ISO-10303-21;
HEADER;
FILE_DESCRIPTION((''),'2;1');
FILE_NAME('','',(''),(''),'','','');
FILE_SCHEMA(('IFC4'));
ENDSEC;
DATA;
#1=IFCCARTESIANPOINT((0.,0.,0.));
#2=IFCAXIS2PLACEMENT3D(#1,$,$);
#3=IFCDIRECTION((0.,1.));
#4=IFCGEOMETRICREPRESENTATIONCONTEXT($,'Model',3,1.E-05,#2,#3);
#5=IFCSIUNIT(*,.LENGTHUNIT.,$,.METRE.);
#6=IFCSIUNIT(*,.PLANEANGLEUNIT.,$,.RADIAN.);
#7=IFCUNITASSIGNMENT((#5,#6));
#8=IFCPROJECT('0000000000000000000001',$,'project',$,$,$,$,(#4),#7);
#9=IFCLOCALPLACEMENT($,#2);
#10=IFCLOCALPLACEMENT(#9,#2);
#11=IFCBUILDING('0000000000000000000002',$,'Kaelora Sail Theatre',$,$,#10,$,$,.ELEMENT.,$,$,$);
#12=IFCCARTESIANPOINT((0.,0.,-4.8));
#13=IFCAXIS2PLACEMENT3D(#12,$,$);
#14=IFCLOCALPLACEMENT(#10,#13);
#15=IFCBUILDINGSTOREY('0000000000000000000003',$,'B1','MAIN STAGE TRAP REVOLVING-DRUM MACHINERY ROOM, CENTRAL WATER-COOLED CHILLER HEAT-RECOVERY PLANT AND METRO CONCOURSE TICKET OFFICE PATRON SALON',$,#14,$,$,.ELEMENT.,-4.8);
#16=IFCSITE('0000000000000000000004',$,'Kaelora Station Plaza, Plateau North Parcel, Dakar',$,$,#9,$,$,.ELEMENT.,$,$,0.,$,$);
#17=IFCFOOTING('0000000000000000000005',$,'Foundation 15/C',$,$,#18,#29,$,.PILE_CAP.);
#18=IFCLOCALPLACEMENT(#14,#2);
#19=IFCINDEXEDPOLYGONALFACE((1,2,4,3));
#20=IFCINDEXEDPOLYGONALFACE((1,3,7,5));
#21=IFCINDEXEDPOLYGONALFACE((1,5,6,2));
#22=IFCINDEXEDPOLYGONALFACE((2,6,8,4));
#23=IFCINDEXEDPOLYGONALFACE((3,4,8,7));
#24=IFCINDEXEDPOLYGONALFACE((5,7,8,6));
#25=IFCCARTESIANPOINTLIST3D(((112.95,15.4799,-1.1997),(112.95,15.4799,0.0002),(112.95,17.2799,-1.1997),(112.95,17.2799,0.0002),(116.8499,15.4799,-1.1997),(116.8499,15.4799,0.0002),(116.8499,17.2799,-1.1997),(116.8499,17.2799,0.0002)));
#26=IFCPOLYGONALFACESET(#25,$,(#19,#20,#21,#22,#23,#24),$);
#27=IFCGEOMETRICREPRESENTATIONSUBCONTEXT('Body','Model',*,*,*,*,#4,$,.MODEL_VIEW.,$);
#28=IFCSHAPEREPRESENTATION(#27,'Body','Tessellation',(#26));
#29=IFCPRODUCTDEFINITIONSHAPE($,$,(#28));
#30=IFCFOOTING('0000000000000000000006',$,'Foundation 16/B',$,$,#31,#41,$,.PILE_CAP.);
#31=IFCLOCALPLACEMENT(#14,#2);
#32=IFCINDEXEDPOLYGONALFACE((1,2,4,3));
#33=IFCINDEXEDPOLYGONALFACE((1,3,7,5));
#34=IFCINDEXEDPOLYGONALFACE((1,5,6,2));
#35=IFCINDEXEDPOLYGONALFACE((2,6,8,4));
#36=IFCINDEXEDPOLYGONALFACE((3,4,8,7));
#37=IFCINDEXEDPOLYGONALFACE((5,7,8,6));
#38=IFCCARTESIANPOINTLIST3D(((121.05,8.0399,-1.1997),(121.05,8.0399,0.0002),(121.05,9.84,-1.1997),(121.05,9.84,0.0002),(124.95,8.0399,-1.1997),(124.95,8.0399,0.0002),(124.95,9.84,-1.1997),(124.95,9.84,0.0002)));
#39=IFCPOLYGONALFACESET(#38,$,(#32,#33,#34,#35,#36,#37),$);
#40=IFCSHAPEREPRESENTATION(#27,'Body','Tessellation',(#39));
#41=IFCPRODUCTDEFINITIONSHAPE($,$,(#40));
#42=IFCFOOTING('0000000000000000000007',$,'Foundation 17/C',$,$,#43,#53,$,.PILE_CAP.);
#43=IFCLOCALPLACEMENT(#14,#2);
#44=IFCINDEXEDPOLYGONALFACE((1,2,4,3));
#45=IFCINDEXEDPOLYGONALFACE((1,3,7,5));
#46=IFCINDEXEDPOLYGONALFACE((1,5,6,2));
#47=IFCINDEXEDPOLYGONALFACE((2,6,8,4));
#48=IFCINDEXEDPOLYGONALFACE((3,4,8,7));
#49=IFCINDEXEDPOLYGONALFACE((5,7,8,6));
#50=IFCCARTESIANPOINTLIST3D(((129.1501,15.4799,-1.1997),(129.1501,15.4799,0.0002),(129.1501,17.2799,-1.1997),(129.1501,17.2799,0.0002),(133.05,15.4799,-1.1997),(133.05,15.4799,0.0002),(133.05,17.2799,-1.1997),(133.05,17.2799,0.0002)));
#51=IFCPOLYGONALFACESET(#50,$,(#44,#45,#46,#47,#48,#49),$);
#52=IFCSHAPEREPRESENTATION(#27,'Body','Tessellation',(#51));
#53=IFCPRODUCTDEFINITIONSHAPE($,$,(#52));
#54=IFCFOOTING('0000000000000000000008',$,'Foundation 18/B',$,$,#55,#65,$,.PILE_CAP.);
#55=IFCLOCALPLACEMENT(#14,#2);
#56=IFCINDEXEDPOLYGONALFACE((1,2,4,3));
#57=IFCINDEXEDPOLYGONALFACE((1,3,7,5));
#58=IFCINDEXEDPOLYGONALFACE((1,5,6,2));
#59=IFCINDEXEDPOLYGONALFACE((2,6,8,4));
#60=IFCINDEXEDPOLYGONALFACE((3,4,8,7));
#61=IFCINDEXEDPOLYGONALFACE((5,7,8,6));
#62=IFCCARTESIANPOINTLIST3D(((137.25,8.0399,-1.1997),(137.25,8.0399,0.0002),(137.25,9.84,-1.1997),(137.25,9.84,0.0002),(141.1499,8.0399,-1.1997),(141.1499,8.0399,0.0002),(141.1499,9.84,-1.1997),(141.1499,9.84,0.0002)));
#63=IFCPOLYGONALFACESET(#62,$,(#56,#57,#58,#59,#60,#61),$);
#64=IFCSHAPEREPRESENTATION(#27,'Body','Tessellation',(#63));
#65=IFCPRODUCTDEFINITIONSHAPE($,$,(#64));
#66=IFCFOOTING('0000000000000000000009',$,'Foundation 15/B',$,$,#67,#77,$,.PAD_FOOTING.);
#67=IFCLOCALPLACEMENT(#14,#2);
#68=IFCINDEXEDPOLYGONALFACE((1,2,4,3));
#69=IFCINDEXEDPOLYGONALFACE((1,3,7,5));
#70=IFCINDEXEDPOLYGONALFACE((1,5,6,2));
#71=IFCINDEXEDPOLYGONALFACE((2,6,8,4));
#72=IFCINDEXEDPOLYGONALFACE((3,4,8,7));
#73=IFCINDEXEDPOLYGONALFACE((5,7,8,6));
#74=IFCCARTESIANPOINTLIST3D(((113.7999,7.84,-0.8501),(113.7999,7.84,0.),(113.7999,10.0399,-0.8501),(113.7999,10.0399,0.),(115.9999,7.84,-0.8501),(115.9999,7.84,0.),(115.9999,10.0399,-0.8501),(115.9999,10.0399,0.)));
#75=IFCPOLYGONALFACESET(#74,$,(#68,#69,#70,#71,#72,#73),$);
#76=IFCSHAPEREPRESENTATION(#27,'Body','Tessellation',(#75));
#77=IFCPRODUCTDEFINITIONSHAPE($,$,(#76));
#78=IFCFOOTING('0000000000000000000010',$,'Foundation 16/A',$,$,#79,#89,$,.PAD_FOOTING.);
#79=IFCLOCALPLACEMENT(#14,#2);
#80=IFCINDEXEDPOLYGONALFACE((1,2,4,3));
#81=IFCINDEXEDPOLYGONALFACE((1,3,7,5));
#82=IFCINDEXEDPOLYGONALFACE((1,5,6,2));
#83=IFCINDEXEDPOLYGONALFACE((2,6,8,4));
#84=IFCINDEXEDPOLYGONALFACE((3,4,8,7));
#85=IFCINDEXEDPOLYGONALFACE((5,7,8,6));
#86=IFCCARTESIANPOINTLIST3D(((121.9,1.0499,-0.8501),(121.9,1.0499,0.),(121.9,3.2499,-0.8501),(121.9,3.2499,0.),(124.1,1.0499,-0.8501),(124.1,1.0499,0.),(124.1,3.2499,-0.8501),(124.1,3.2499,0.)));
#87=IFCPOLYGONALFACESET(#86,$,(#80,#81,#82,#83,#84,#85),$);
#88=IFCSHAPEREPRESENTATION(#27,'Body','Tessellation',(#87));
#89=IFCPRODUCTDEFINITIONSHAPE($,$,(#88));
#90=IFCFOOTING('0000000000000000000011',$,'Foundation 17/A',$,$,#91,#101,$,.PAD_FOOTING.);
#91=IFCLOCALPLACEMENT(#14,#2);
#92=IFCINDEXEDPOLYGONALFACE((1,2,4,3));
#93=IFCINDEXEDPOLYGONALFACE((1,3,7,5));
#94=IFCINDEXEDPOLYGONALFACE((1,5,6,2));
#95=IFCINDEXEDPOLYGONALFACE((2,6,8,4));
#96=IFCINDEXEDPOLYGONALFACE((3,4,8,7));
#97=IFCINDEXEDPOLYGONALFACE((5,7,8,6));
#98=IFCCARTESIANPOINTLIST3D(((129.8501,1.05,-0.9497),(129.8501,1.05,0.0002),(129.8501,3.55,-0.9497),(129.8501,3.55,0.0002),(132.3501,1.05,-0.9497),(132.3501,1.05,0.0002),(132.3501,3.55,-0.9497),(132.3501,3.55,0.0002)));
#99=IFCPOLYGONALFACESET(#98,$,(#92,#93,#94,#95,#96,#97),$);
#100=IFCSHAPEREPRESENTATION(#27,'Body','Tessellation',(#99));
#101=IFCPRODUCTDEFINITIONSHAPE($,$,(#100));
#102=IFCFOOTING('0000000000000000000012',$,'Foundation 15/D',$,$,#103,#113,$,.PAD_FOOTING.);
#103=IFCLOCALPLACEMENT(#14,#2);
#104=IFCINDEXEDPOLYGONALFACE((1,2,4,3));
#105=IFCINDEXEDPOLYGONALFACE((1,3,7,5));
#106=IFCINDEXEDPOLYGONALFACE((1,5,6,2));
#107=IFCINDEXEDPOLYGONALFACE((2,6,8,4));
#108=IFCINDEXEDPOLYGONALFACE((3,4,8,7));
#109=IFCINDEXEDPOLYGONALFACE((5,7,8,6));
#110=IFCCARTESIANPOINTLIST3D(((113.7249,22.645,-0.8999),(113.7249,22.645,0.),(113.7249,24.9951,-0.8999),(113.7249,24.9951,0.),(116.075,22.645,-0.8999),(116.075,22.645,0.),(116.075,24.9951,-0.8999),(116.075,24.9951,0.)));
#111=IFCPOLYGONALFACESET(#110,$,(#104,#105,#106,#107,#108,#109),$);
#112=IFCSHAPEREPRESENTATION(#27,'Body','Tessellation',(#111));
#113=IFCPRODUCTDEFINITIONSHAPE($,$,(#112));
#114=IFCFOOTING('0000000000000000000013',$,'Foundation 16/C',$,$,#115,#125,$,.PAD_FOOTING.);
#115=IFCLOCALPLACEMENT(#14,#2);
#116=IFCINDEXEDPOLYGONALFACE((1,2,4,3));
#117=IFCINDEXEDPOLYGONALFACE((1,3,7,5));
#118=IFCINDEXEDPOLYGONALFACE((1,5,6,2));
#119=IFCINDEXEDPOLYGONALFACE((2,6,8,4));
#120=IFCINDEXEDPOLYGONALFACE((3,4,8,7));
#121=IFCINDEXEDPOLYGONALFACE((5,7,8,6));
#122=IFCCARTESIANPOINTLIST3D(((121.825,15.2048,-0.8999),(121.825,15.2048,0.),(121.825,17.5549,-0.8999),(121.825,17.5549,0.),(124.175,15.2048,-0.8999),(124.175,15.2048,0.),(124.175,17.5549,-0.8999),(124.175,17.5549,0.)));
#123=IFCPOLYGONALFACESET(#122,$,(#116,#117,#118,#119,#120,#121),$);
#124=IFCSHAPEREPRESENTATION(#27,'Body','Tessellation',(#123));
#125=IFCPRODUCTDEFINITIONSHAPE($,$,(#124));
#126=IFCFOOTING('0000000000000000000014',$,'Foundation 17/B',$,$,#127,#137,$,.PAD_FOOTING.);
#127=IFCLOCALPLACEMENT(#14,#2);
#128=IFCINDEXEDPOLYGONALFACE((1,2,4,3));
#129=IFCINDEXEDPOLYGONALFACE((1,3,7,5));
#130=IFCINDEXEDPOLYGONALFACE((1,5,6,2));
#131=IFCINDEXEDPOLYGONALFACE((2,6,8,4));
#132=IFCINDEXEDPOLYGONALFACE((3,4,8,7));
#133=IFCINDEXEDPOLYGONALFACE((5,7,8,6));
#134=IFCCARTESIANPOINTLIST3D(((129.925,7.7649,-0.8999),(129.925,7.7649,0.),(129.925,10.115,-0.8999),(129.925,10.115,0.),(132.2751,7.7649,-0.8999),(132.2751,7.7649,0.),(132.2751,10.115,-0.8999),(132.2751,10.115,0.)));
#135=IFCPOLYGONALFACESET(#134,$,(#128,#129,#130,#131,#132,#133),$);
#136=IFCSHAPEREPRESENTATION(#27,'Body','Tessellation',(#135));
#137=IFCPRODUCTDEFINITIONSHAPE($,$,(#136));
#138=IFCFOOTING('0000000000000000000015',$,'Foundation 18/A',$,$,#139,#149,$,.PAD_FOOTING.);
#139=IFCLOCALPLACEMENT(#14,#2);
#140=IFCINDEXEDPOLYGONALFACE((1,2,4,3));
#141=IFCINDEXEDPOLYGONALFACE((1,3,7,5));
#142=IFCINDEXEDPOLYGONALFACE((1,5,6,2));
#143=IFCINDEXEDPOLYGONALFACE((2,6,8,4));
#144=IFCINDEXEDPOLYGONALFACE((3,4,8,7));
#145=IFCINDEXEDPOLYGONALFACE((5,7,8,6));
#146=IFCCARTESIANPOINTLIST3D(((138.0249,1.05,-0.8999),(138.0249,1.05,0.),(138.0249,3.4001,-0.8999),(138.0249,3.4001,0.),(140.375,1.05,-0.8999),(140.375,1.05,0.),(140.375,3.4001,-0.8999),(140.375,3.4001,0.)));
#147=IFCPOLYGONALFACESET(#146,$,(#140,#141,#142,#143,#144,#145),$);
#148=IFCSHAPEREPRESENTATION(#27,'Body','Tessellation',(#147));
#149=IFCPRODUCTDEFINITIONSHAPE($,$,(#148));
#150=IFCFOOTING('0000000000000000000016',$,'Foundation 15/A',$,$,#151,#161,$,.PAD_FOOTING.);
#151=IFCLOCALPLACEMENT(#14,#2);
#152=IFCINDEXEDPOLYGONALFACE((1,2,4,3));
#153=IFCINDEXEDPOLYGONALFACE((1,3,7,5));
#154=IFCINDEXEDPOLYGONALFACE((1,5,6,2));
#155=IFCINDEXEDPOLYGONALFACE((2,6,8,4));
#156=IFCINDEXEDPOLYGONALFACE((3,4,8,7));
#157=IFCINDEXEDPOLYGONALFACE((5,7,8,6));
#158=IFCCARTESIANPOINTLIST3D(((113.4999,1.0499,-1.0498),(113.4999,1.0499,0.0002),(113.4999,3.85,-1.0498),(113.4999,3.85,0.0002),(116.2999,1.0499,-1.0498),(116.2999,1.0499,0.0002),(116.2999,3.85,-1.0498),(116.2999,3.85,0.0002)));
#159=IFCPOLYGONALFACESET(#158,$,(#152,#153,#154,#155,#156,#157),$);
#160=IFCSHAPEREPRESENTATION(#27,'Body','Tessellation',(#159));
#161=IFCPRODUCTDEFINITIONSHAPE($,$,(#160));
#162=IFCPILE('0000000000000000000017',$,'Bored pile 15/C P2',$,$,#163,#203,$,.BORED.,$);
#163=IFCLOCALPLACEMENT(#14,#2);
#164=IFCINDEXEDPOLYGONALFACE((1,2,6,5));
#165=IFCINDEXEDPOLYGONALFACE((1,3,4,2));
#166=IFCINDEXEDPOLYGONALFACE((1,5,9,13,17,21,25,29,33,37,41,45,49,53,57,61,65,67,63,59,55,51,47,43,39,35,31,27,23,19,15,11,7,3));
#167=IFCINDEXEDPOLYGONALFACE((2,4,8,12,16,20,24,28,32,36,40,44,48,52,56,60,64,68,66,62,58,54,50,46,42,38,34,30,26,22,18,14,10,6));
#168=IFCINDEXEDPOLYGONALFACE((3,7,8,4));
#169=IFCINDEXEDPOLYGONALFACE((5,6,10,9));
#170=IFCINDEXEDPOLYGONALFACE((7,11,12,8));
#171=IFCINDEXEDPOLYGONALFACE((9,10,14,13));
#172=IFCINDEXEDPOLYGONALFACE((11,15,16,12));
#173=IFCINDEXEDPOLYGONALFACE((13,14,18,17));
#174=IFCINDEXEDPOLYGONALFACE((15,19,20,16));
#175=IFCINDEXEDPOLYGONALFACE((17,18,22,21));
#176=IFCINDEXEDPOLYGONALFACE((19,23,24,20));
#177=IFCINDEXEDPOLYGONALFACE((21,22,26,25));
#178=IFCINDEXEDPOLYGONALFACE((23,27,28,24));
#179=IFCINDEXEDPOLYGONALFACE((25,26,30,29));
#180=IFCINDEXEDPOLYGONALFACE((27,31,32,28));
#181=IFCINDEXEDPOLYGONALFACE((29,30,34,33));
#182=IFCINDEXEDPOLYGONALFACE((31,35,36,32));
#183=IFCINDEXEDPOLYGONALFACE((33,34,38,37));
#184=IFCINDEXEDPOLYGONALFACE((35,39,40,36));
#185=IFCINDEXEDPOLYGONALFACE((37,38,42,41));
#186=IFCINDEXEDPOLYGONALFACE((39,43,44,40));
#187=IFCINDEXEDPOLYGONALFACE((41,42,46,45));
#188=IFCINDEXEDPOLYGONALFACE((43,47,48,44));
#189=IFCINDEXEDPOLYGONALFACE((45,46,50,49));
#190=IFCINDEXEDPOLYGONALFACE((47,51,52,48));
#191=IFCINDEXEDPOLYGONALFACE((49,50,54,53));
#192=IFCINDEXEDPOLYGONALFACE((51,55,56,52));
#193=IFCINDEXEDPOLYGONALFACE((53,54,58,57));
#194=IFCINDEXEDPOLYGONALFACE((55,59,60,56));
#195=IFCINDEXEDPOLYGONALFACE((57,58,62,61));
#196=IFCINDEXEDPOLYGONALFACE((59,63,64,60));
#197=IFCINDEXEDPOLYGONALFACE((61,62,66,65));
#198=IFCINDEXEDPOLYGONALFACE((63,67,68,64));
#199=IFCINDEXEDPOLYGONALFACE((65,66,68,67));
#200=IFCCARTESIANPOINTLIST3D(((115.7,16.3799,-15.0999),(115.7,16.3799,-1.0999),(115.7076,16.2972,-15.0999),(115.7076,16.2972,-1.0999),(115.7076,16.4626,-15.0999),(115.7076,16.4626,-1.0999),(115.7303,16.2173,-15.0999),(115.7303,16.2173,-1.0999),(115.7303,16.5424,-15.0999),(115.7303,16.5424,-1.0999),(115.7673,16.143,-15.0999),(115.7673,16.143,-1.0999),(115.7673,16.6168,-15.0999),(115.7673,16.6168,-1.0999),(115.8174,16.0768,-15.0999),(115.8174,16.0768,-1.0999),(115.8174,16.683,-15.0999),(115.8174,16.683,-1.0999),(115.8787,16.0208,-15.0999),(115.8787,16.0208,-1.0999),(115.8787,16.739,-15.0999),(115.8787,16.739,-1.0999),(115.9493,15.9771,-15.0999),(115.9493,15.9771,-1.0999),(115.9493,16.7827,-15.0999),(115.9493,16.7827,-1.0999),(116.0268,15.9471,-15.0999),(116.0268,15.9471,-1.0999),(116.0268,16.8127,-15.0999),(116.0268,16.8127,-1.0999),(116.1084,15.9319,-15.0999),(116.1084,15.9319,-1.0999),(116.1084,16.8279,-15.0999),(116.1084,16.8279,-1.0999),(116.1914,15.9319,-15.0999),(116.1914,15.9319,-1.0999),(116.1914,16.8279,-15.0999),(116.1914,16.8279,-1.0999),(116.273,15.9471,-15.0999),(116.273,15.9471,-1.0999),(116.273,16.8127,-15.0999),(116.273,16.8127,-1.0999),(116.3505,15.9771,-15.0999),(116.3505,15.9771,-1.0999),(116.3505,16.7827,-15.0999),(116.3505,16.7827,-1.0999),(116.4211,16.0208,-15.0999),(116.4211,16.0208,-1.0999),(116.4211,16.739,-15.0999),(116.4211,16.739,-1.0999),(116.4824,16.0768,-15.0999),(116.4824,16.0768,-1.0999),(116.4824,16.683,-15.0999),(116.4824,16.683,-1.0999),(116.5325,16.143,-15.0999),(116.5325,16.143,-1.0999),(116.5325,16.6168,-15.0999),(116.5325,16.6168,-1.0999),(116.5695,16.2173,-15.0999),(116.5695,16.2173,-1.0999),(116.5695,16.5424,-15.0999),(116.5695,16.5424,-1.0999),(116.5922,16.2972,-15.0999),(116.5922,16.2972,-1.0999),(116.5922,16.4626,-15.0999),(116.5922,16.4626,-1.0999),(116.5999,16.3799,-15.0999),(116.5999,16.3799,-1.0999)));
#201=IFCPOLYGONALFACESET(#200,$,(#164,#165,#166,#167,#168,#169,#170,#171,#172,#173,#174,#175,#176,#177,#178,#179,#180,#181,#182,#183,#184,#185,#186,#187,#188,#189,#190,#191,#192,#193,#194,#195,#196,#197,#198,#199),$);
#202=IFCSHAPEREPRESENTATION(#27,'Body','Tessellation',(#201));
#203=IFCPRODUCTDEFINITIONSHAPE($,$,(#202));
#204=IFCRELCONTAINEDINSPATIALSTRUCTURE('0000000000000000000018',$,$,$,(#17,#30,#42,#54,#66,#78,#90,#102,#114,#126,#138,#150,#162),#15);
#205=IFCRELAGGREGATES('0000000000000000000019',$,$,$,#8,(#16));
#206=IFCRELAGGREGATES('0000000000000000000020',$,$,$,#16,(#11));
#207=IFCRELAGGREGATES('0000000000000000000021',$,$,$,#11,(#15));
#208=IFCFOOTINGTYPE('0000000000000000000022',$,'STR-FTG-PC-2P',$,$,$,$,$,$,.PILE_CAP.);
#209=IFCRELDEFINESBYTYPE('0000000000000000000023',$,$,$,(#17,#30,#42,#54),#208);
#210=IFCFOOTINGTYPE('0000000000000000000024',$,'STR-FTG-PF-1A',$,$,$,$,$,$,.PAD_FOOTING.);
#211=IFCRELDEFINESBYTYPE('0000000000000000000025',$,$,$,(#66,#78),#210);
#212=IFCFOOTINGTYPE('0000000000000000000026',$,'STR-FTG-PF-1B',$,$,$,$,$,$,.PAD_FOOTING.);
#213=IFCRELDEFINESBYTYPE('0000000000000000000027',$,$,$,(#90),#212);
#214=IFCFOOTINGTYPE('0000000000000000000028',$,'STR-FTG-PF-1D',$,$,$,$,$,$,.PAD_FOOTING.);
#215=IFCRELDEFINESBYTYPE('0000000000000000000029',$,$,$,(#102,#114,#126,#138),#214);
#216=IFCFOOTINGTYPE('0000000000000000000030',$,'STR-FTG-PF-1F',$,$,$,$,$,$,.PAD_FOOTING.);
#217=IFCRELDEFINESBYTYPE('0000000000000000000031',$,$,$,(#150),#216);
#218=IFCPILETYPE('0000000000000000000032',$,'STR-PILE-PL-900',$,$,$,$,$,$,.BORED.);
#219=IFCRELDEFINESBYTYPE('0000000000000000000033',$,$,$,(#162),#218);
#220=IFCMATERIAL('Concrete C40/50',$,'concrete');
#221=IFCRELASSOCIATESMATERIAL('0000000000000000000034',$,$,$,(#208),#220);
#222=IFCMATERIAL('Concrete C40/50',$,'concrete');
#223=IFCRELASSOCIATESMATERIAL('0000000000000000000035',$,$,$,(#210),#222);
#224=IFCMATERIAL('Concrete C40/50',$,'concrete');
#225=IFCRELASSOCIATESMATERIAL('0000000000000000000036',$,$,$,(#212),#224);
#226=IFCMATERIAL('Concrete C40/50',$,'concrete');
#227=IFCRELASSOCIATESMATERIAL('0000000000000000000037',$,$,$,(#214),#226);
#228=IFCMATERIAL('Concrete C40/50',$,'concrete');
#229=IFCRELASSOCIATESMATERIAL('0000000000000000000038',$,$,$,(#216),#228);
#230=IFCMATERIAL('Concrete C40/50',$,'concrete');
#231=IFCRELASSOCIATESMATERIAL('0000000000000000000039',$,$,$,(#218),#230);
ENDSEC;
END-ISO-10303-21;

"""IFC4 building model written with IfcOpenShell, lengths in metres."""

from ifc_helpers import new_model, si_unit, direction, frame, origin, origin_2d, place, context, subcontext, project, spatial, rectangle, circle, extrude, material, material_profile, profile_set, type_object, element, save


model = new_model("IFC4")

# Units and contexts
model_context = context("Model", 3, precision=1e-05, world=origin(), true_north=direction((0.0, 1.0)))
body_context = subcontext(model_context, "Body", "Model", "MODEL_VIEW")
ifc_project = project(units=[si_unit("LENGTHUNIT", "METRE"), si_unit("PLANEANGLEUNIT", "RADIAN")], contexts=[model_context])

# Site, building, storey
site_placement = place(None, origin())
site = spatial("IfcSite", under=ifc_project, at=site_placement, Name="Kaelora Station Plaza, Plateau North Parcel, Dakar", CompositionType="ELEMENT", RefElevation=0.0)
building_placement = place(site_placement, origin())
building = spatial("IfcBuilding", under=site, at=building_placement, Name="Kaelora Sail Theatre", CompositionType="ELEMENT")
storey_placement = place(building_placement, frame((0.0, 0.0, -4.8)))
storey = spatial("IfcBuildingStorey", under=building, at=storey_placement, Name="B1", Description="MAIN STAGE TRAP REVOLVING-DRUM MACHINERY ROOM, CENTRAL WATER-COOLED CHILLER HEAT-RECOVERY PLANT AND METRO CONCOURSE TICKET OFFICE PATRON SALON", CompositionType="ELEMENT", Elevation=-4.8)

# Footings
ifc_material_1 = material(Name="Concrete C40/50", Category="concrete")
footing_type_1 = type_object("IfcFootingType", Name="STR-FTG-PC-2P", PredefinedType="PILE_CAP", material=ifc_material_1)
for number, where, z_axis, x_axis, name in (
    (1, (114.8999, 16.3799, -1.1997), (0.0, 0.0, 1.0), (1.0, 0.0, 0.0), "Foundation 15/C"),
    (2, (123.0, 8.9399, -1.1997), (0.0, 0.0, 1.0), (1.0, 0.0, 0.0), "Foundation 16/B"),
    (3, (131.1001, 16.3799, -1.1997), (0.0, 0.0, 1.0), (1.0, 0.0, 0.0), "Foundation 17/C"),
    (4, (139.2, 8.9399, -1.1997), (0.0, 0.0, 1.0), (1.0, 0.0, 0.0), "Foundation 18/B"),
):
    element("IfcFooting", number, at=place(storey_placement, frame(where, z_axis=z_axis, x_axis=x_axis)), inside=storey, type_object=footing_type_1, Name=name, PredefinedType="PILE_CAP", context=body_context, shape_type="SweptSolid", body=[
        extrude(rectangle(XDim=3.8999, YDim=1.8, at=origin_2d()), origin(), (0.0, 0.0, 1.0), 1.2),
    ])
ifc_material_2 = material(Name="Concrete C40/50", Category="concrete")
footing_type_2 = type_object("IfcFootingType", Name="STR-FTG-PF-1A", PredefinedType="PAD_FOOTING", material=ifc_material_2)
for number, where, z_axis, x_axis, name in (
    (5, (114.8999, 8.9399, -0.8501), (0.0, 0.0, 1.0), (1.0, 0.0, 0.0), "Foundation 15/B"),
    (6, (123.0, 2.1499, -0.8501), (0.0, 0.0, 1.0), (1.0, 0.0, 0.0), "Foundation 16/A"),
):
    element("IfcFooting", number, at=place(storey_placement, frame(where, z_axis=z_axis, x_axis=x_axis)), inside=storey, type_object=footing_type_2, Name=name, PredefinedType="PAD_FOOTING", context=body_context, shape_type="SweptSolid", body=[
        extrude(rectangle(XDim=2.2, YDim=2.2, at=origin_2d()), origin(), (0.0, 0.0, 1.0), 0.8501),
    ])
ifc_material_3 = material(Name="Concrete C40/50", Category="concrete")
footing_type_3 = type_object("IfcFootingType", Name="STR-FTG-PF-1B", PredefinedType="PAD_FOOTING", material=ifc_material_3)
footing_1_placement = place(storey_placement, frame((131.1001, 2.3, -0.9497), z_axis=(0.0, 0.0, 1.0), x_axis=(1.0, 0.0, 0.0)))
element("IfcFooting", 7, at=footing_1_placement, inside=storey, type_object=footing_type_3, Name="Foundation 17/A", PredefinedType="PAD_FOOTING", context=body_context, shape_type="SweptSolid", body=[
    extrude(rectangle(XDim=2.5, YDim=2.5, at=origin_2d()), origin(), (0.0, 0.0, 1.0), 0.95),
])
ifc_material_4 = material(Name="Concrete C40/50", Category="concrete")
footing_type_4 = type_object("IfcFootingType", Name="STR-FTG-PF-1D", PredefinedType="PAD_FOOTING", material=ifc_material_4)
for number, where, z_axis, x_axis, name in (
    (8, (114.8999, 23.8201, -0.8999), (0.0, 0.0, 1.0), (1.0, 0.0, 0.0), "Foundation 15/D"),
    (9, (123.0, 16.3799, -0.8999), (0.0, 0.0, 1.0), (1.0, 0.0, 0.0), "Foundation 16/C"),
    (10, (131.1001, 8.9399, -0.8999), (0.0, 0.0, 1.0), (1.0, 0.0, 0.0), "Foundation 17/B"),
    (11, (139.2, 2.2251, -0.8999), (0.0, 0.0, 1.0), (1.0, 0.0, 0.0), "Foundation 18/A"),
):
    element("IfcFooting", number, at=place(storey_placement, frame(where, z_axis=z_axis, x_axis=x_axis)), inside=storey, type_object=footing_type_4, Name=name, PredefinedType="PAD_FOOTING", context=body_context, shape_type="SweptSolid", body=[
        extrude(rectangle(XDim=2.3501, YDim=2.3501, at=origin_2d()), origin(), (0.0, 0.0, 1.0), 0.8999),
    ])
ifc_material_5 = material(Name="Concrete C40/50", Category="concrete")
footing_type_5 = type_object("IfcFootingType", Name="STR-FTG-PF-1F", PredefinedType="PAD_FOOTING", material=ifc_material_5)
footing_2_placement = place(storey_placement, frame((114.8999, 2.45, -1.0498), z_axis=(0.0, 0.0, 1.0), x_axis=(1.0, 0.0, 0.0)))
element("IfcFooting", 12, at=footing_2_placement, inside=storey, type_object=footing_type_5, Name="Foundation 15/A", PredefinedType="PAD_FOOTING", context=body_context, shape_type="SweptSolid", body=[
    extrude(rectangle(XDim=2.8, YDim=2.8, at=origin_2d()), origin(), (0.0, 0.0, 1.0), 1.05),
])

# Pile
ifc_material_6 = material(Name="Concrete C40/50", Category="concrete")
ifc_material_profile_1 = material_profile(ifc_material_6, circle(Radius=0.45, at=origin_2d()), Name="PILE D900")
ifc_profile_set_1 = profile_set([ifc_material_profile_1], Name="Concrete C40/50")
pile_type = type_object("IfcPileType", Name="STR-PILE-PL-900", PredefinedType="BORED", material=ifc_profile_set_1)
for number, where, z_axis, x_axis, name in (
    (13, (116.1499, 16.3799, -1.0999), (0.0, 0.0, -1.0), (1.0, 0.0, 0.0), "Bored pile 15/C P2"),
):
    element("IfcPile", number, at=place(storey_placement, frame(where, z_axis=z_axis, x_axis=x_axis)), inside=storey, type_object=pile_type, Name=name, PredefinedType="BORED", context=body_context, shape_type="SweptSolid", body=[
        extrude(circle(Radius=0.45, at=origin_2d()), origin(), (0.0, 0.0, 1.0), 14.0),
    ])

save(model, "model.ifc")
